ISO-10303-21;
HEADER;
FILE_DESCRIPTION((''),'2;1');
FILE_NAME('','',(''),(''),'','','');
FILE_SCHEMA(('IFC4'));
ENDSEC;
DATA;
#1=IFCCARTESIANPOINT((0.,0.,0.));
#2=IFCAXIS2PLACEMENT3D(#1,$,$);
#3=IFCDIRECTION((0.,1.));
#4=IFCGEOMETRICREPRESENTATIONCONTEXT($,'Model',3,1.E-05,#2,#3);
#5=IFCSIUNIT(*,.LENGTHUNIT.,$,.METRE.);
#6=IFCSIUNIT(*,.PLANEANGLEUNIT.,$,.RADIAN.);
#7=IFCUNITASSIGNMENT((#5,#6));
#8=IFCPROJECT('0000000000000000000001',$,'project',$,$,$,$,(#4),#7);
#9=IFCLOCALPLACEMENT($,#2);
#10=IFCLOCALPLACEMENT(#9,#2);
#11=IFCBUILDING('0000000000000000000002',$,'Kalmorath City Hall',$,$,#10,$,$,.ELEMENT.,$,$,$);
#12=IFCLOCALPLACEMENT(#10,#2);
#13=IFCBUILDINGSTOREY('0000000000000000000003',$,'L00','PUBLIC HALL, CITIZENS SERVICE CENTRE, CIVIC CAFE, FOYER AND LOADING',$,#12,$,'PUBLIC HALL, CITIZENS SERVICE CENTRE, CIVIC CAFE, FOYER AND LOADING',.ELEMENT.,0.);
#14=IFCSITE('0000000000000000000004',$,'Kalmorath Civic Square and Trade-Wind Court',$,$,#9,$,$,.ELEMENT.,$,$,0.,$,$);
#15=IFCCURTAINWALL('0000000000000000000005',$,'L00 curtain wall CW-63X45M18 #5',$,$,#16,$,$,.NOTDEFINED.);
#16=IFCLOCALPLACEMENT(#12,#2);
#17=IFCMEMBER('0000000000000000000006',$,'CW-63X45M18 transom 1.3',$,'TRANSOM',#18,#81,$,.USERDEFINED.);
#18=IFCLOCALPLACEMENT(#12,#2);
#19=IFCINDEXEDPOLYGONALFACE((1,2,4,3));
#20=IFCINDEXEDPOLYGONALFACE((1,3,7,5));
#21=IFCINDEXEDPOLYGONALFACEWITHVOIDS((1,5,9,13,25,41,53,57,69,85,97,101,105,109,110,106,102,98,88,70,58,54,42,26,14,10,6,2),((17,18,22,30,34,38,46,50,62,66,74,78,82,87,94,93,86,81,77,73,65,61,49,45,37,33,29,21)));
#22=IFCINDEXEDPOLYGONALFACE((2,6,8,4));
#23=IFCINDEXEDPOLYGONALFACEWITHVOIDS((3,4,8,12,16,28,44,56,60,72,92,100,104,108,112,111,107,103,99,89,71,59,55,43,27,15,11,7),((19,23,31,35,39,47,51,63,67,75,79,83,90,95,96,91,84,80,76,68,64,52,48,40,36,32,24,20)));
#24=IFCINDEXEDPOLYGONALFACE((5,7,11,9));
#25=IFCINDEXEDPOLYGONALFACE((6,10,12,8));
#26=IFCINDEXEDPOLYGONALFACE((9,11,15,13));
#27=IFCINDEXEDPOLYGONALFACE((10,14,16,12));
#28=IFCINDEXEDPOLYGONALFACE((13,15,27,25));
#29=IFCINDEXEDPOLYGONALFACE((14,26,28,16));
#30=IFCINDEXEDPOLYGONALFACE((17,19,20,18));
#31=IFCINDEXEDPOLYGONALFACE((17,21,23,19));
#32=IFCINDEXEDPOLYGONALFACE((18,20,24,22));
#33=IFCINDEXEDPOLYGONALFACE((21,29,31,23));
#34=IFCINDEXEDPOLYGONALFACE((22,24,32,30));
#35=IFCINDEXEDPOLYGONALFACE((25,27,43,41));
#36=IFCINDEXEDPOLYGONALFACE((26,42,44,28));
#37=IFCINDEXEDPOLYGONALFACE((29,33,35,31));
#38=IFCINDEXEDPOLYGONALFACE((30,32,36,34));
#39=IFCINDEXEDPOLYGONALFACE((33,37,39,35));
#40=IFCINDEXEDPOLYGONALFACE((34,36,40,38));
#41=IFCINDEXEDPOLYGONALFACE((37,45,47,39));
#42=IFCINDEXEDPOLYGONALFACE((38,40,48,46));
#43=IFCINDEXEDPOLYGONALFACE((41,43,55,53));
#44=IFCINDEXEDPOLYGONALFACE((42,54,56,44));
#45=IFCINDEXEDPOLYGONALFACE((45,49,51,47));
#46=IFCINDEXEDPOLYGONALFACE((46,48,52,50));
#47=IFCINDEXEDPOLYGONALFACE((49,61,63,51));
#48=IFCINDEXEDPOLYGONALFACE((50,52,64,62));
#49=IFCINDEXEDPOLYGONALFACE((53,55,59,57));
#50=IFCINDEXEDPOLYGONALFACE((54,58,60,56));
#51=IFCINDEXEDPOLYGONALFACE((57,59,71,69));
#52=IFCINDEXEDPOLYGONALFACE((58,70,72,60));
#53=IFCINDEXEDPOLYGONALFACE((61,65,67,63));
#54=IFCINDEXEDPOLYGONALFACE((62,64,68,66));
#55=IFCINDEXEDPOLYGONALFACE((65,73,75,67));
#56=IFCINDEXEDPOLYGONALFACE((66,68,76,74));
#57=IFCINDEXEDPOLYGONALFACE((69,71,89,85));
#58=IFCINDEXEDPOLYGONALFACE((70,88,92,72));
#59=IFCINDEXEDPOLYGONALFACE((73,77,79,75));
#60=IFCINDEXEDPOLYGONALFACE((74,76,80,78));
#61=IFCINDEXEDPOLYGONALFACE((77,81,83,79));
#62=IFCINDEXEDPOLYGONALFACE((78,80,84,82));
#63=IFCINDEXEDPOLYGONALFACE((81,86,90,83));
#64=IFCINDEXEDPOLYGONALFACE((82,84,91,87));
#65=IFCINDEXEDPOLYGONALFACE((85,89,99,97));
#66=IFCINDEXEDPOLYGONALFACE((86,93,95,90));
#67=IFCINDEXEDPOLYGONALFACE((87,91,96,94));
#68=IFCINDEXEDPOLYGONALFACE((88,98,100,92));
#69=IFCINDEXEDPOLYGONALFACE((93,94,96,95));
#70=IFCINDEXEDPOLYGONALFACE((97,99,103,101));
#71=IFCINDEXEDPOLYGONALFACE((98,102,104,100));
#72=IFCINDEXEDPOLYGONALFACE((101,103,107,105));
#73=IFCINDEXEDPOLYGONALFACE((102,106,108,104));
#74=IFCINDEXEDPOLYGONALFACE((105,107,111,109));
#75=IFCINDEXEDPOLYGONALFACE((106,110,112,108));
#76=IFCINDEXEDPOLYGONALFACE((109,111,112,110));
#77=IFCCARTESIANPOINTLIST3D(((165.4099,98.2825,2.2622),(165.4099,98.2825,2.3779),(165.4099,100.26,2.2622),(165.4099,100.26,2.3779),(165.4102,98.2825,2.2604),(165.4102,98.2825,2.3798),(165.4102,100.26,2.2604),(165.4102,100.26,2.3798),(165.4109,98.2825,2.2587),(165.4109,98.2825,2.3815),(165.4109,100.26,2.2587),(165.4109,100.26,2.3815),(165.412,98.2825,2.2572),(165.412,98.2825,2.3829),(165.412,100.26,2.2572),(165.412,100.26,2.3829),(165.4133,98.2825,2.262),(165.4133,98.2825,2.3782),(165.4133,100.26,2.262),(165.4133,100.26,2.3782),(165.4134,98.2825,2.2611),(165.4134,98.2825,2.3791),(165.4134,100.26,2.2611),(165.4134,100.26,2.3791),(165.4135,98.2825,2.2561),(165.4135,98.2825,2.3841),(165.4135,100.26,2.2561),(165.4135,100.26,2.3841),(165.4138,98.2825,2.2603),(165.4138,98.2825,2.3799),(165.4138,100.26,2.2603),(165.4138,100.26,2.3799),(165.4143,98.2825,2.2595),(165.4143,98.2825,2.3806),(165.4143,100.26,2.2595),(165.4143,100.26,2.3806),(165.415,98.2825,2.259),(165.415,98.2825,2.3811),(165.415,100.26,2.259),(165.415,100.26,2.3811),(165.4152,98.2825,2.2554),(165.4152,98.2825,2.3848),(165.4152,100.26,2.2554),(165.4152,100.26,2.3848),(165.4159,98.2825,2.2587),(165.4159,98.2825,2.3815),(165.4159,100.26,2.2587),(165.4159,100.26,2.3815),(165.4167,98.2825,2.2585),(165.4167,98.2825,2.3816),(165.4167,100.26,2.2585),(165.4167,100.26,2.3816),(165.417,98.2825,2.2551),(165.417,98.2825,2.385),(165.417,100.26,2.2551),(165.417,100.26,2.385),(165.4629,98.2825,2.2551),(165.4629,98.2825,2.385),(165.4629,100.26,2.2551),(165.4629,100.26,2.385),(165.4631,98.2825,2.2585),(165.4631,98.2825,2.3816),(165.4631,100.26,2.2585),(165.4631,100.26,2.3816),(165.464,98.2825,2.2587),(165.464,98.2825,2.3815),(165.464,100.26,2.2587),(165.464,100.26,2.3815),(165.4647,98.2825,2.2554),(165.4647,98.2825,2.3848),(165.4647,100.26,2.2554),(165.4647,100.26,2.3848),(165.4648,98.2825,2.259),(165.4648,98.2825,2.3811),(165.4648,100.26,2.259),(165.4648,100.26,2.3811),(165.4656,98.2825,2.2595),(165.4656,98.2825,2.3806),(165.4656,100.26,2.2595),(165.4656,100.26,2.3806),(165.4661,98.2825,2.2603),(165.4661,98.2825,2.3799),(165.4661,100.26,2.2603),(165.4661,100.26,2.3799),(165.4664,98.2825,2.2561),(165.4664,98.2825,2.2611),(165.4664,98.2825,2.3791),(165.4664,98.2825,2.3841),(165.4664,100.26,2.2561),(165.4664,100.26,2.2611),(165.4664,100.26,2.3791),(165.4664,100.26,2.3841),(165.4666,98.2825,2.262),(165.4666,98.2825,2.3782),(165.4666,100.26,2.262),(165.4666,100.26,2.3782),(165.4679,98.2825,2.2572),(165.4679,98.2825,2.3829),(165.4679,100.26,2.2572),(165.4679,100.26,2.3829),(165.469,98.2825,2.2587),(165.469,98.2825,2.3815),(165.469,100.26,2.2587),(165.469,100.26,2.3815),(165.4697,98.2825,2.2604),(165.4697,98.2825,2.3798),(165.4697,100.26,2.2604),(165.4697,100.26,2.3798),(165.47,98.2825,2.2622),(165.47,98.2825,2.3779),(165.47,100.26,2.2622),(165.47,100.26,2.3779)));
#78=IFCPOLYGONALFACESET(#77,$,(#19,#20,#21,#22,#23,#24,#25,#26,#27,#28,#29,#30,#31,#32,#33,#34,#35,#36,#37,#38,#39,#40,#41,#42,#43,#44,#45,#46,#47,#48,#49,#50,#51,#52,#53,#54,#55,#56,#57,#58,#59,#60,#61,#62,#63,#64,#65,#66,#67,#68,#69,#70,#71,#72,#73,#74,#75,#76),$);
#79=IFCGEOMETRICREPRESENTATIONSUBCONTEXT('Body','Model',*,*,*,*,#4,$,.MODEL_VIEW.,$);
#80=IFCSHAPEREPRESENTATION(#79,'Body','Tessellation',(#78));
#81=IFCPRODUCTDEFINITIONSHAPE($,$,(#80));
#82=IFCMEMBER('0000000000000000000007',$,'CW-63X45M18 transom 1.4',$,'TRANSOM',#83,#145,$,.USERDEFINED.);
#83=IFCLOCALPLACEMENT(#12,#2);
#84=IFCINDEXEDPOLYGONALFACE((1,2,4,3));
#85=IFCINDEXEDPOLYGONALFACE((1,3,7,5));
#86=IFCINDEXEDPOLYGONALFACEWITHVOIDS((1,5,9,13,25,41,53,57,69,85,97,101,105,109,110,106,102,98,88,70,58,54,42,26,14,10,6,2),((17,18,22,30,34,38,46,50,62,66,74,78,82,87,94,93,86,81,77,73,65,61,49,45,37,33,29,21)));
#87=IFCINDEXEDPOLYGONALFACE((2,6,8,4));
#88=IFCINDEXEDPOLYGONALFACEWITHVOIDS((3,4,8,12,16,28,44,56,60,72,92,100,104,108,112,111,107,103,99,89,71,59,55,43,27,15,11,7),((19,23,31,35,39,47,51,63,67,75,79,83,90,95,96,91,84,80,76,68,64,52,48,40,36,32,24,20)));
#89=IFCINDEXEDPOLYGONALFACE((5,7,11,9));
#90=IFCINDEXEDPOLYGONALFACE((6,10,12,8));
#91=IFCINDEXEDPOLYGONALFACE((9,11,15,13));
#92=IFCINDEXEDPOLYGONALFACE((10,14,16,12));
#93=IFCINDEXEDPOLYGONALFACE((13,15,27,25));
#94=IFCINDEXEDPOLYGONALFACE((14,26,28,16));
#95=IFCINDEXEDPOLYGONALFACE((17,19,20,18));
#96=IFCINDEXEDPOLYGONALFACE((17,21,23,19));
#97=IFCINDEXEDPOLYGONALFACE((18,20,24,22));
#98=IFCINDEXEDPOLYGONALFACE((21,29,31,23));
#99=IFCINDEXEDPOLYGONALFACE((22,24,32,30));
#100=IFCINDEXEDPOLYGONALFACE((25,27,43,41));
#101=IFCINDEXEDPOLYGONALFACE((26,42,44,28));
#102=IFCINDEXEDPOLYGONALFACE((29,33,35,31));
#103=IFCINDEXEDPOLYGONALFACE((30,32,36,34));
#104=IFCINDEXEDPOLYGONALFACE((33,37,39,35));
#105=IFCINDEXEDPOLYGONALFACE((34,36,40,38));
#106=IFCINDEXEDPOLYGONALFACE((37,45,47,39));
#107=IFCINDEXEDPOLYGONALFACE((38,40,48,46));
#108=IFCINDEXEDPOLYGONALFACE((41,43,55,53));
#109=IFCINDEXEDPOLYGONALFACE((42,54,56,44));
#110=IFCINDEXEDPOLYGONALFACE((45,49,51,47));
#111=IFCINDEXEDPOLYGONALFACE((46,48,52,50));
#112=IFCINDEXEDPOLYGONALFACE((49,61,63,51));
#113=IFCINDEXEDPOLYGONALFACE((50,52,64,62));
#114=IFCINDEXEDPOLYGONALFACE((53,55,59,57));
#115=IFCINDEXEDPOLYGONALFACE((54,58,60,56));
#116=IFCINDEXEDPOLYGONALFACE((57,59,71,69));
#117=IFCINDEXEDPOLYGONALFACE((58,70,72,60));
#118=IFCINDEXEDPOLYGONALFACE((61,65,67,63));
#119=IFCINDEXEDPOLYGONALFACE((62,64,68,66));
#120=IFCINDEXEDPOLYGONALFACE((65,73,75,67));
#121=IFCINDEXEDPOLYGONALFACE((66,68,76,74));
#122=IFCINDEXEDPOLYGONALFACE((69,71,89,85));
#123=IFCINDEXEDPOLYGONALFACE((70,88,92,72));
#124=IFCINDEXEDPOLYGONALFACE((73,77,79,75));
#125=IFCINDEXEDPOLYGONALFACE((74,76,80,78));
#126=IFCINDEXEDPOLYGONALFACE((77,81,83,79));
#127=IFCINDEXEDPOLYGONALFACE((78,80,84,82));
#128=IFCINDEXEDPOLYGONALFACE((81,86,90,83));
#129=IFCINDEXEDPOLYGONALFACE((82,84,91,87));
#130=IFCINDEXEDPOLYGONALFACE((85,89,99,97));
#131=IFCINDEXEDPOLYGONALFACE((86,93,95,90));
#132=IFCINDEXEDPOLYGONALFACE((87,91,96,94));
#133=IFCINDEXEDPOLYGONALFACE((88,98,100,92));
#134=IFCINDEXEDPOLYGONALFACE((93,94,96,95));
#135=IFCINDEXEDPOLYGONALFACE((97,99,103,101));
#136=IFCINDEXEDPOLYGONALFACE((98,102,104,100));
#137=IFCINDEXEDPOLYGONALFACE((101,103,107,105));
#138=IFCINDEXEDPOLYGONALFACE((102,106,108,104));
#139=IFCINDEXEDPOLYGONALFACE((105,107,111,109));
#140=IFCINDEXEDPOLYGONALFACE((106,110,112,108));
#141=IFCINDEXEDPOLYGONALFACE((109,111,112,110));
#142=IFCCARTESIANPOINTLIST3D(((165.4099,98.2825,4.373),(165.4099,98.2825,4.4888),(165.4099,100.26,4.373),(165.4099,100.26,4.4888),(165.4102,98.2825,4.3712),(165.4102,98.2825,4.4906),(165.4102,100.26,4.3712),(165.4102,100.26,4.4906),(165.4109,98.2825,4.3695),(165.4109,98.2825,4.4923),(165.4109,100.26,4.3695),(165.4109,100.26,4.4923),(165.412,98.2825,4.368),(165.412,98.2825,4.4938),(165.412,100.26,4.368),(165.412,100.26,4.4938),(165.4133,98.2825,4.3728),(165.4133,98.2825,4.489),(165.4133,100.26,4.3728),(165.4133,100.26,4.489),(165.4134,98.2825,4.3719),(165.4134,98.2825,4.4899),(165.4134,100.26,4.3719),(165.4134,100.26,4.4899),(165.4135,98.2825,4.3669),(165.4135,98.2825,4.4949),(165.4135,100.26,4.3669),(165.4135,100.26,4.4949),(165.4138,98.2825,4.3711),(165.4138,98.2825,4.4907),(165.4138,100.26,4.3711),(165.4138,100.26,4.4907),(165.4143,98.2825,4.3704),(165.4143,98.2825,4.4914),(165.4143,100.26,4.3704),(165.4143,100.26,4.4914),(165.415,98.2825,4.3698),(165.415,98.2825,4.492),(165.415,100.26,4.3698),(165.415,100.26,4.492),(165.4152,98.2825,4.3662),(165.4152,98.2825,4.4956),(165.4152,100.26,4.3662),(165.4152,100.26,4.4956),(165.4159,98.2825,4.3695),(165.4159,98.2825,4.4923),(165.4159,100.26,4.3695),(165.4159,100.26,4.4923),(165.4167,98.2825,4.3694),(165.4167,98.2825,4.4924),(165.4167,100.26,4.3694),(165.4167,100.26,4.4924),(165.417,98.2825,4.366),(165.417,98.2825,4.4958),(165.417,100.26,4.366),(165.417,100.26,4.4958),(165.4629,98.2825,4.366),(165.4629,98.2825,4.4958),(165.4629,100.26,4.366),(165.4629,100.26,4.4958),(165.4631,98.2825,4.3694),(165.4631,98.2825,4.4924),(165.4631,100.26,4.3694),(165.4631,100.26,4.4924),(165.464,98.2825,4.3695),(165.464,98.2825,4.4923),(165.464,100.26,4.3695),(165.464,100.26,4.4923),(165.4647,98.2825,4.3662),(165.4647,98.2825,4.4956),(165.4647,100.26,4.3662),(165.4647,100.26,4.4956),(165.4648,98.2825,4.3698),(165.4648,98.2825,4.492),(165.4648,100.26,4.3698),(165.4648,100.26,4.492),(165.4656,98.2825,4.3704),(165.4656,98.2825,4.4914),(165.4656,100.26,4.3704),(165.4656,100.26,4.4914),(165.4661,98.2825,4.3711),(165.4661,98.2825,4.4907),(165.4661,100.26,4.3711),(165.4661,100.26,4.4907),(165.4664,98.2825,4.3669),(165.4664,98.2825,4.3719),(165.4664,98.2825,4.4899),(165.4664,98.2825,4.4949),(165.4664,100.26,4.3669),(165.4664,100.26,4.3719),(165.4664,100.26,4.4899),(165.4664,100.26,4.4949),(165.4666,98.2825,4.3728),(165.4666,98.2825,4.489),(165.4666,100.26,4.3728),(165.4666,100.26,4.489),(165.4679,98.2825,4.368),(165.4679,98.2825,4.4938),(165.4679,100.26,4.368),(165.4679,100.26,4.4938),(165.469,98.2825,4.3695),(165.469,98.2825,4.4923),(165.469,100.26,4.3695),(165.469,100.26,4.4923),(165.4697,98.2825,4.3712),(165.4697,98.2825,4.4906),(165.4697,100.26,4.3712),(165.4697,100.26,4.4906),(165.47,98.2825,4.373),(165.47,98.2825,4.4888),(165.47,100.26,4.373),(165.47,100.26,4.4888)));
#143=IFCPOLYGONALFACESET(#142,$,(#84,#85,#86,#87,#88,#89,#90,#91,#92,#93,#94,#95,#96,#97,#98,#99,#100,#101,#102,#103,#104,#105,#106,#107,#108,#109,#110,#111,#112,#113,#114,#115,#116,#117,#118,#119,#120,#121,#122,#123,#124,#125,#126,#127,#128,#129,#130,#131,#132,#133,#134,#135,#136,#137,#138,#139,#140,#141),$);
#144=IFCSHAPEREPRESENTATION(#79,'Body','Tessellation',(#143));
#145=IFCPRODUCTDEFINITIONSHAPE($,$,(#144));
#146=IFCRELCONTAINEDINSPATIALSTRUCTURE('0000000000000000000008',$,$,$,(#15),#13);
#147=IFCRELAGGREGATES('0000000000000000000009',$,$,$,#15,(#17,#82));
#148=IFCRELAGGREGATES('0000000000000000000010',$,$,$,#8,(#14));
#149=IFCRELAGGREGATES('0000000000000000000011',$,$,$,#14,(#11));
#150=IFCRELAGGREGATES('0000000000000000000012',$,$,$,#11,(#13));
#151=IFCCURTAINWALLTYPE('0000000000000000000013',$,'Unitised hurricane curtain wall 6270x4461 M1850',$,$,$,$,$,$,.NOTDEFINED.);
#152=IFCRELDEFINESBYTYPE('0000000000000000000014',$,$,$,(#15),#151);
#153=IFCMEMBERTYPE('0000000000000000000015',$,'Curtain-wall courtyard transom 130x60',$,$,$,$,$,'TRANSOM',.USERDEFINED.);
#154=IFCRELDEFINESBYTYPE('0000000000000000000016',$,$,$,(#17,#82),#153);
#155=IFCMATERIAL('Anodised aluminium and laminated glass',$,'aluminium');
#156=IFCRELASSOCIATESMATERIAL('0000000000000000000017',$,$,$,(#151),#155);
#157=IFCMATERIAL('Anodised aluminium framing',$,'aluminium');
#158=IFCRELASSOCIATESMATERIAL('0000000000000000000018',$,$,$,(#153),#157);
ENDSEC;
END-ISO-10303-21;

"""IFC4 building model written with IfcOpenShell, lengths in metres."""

from ifc_helpers import new_model, si_unit, direction, frame, origin, origin_2d, place, context, subcontext, project, spatial, hollow_rectangle, extrude, material, material_profile, profile_set, type_object, element, aggregate, save


model = new_model("IFC4")

# Units and contexts
model_context = context("Model", 3, precision=1e-05, world=origin(), true_north=direction((0.0, 1.0)))
body_context = subcontext(model_context, "Body", "Model", "MODEL_VIEW")
ifc_project = project(units=[si_unit("LENGTHUNIT", "METRE"), si_unit("PLANEANGLEUNIT", "RADIAN")], contexts=[model_context])

# Site, building, storey
site_placement = place(None, origin())
site = spatial("IfcSite", under=ifc_project, at=site_placement, Name="Kalmorath Civic Square and Trade-Wind Court", CompositionType="ELEMENT", RefElevation=0.0)
building_placement = place(site_placement, origin())
building = spatial("IfcBuilding", under=site, at=building_placement, Name="Kalmorath City Hall", CompositionType="ELEMENT")
storey_placement = place(building_placement, origin())
storey = spatial("IfcBuildingStorey", under=building, at=storey_placement, Name="L00", Description="PUBLIC HALL, CITIZENS SERVICE CENTRE, CIVIC CAFE, FOYER AND LOADING", LongName="PUBLIC HALL, CITIZENS SERVICE CENTRE, CIVIC CAFE, FOYER AND LOADING", CompositionType="ELEMENT", Elevation=0.0)

# Curtain wall, members
ifc_material_1 = material(Name="Anodised aluminium and laminated glass", Category="aluminium")
curtain_wall_type_1 = type_object("IfcCurtainWallType", Name="Unitised hurricane curtain wall 6270x4461 M1850", PredefinedType="NOTDEFINED", material=ifc_material_1)
curtain_wall_1_placement = place(storey_placement, origin())
curtain_wall_1 = element("IfcCurtainWall", 1, at=curtain_wall_1_placement, inside=storey, type_object=curtain_wall_type_1, Name="L00 curtain wall CW-63X45M18 #5", PredefinedType="NOTDEFINED")
ifc_material_2 = material(Name="Anodised aluminium framing", Category="aluminium")
ifc_material_profile_1 = material_profile(ifc_material_2, hollow_rectangle(XDim=0.0601, YDim=0.1299, WallThickness=0.0034, InnerFilletRadius=0.0034, OuterFilletRadius=0.0071, at=origin_2d()), Name="ALU-TRN-130X60X3.5")
ifc_profile_set_1 = profile_set([ifc_material_profile_1], Name="Anodised aluminium framing")
member_type_1 = type_object("IfcMemberType", Name="Curtain-wall courtyard transom 130x60", ElementType="TRANSOM", PredefinedType="USERDEFINED", material=ifc_profile_set_1)
member_1_placement = place(storey_placement, frame((165.4399, 100.26, 2.3201), z_axis=(0.0, -1.0, 0.0), x_axis=(1.0, 0.0, 0.0)))
member_1 = element("IfcMember", 2, at=member_1_placement, type_object=member_type_1, Name="CW-63X45M18 transom 1.3", ObjectType="TRANSOM", PredefinedType="USERDEFINED", context=body_context, shape_type="SweptSolid", body=[
    extrude(hollow_rectangle(XDim=0.0601, YDim=0.1299, WallThickness=0.0034, InnerFilletRadius=0.0034, OuterFilletRadius=0.0071, at=origin_2d()), origin(), (0.0, 0.0, 1.0), 1.9775),
])
member_2_placement = place(storey_placement, frame((165.4399, 100.26, 4.4309), z_axis=(0.0, -1.0, 0.0), x_axis=(1.0, 0.0, 0.0)))
member_2 = element("IfcMember", 3, at=member_2_placement, type_object=member_type_1, Name="CW-63X45M18 transom 1.4", ObjectType="TRANSOM", PredefinedType="USERDEFINED", context=body_context, shape_type="SweptSolid", body=[
    extrude(hollow_rectangle(XDim=0.0601, YDim=0.1299, WallThickness=0.0034, InnerFilletRadius=0.0034, OuterFilletRadius=0.0071, at=origin_2d()), origin(), (0.0, 0.0, 1.0), 1.9775),
])

aggregate(curtain_wall_1, [member_1, member_2])

save(model, "model.ifc")
